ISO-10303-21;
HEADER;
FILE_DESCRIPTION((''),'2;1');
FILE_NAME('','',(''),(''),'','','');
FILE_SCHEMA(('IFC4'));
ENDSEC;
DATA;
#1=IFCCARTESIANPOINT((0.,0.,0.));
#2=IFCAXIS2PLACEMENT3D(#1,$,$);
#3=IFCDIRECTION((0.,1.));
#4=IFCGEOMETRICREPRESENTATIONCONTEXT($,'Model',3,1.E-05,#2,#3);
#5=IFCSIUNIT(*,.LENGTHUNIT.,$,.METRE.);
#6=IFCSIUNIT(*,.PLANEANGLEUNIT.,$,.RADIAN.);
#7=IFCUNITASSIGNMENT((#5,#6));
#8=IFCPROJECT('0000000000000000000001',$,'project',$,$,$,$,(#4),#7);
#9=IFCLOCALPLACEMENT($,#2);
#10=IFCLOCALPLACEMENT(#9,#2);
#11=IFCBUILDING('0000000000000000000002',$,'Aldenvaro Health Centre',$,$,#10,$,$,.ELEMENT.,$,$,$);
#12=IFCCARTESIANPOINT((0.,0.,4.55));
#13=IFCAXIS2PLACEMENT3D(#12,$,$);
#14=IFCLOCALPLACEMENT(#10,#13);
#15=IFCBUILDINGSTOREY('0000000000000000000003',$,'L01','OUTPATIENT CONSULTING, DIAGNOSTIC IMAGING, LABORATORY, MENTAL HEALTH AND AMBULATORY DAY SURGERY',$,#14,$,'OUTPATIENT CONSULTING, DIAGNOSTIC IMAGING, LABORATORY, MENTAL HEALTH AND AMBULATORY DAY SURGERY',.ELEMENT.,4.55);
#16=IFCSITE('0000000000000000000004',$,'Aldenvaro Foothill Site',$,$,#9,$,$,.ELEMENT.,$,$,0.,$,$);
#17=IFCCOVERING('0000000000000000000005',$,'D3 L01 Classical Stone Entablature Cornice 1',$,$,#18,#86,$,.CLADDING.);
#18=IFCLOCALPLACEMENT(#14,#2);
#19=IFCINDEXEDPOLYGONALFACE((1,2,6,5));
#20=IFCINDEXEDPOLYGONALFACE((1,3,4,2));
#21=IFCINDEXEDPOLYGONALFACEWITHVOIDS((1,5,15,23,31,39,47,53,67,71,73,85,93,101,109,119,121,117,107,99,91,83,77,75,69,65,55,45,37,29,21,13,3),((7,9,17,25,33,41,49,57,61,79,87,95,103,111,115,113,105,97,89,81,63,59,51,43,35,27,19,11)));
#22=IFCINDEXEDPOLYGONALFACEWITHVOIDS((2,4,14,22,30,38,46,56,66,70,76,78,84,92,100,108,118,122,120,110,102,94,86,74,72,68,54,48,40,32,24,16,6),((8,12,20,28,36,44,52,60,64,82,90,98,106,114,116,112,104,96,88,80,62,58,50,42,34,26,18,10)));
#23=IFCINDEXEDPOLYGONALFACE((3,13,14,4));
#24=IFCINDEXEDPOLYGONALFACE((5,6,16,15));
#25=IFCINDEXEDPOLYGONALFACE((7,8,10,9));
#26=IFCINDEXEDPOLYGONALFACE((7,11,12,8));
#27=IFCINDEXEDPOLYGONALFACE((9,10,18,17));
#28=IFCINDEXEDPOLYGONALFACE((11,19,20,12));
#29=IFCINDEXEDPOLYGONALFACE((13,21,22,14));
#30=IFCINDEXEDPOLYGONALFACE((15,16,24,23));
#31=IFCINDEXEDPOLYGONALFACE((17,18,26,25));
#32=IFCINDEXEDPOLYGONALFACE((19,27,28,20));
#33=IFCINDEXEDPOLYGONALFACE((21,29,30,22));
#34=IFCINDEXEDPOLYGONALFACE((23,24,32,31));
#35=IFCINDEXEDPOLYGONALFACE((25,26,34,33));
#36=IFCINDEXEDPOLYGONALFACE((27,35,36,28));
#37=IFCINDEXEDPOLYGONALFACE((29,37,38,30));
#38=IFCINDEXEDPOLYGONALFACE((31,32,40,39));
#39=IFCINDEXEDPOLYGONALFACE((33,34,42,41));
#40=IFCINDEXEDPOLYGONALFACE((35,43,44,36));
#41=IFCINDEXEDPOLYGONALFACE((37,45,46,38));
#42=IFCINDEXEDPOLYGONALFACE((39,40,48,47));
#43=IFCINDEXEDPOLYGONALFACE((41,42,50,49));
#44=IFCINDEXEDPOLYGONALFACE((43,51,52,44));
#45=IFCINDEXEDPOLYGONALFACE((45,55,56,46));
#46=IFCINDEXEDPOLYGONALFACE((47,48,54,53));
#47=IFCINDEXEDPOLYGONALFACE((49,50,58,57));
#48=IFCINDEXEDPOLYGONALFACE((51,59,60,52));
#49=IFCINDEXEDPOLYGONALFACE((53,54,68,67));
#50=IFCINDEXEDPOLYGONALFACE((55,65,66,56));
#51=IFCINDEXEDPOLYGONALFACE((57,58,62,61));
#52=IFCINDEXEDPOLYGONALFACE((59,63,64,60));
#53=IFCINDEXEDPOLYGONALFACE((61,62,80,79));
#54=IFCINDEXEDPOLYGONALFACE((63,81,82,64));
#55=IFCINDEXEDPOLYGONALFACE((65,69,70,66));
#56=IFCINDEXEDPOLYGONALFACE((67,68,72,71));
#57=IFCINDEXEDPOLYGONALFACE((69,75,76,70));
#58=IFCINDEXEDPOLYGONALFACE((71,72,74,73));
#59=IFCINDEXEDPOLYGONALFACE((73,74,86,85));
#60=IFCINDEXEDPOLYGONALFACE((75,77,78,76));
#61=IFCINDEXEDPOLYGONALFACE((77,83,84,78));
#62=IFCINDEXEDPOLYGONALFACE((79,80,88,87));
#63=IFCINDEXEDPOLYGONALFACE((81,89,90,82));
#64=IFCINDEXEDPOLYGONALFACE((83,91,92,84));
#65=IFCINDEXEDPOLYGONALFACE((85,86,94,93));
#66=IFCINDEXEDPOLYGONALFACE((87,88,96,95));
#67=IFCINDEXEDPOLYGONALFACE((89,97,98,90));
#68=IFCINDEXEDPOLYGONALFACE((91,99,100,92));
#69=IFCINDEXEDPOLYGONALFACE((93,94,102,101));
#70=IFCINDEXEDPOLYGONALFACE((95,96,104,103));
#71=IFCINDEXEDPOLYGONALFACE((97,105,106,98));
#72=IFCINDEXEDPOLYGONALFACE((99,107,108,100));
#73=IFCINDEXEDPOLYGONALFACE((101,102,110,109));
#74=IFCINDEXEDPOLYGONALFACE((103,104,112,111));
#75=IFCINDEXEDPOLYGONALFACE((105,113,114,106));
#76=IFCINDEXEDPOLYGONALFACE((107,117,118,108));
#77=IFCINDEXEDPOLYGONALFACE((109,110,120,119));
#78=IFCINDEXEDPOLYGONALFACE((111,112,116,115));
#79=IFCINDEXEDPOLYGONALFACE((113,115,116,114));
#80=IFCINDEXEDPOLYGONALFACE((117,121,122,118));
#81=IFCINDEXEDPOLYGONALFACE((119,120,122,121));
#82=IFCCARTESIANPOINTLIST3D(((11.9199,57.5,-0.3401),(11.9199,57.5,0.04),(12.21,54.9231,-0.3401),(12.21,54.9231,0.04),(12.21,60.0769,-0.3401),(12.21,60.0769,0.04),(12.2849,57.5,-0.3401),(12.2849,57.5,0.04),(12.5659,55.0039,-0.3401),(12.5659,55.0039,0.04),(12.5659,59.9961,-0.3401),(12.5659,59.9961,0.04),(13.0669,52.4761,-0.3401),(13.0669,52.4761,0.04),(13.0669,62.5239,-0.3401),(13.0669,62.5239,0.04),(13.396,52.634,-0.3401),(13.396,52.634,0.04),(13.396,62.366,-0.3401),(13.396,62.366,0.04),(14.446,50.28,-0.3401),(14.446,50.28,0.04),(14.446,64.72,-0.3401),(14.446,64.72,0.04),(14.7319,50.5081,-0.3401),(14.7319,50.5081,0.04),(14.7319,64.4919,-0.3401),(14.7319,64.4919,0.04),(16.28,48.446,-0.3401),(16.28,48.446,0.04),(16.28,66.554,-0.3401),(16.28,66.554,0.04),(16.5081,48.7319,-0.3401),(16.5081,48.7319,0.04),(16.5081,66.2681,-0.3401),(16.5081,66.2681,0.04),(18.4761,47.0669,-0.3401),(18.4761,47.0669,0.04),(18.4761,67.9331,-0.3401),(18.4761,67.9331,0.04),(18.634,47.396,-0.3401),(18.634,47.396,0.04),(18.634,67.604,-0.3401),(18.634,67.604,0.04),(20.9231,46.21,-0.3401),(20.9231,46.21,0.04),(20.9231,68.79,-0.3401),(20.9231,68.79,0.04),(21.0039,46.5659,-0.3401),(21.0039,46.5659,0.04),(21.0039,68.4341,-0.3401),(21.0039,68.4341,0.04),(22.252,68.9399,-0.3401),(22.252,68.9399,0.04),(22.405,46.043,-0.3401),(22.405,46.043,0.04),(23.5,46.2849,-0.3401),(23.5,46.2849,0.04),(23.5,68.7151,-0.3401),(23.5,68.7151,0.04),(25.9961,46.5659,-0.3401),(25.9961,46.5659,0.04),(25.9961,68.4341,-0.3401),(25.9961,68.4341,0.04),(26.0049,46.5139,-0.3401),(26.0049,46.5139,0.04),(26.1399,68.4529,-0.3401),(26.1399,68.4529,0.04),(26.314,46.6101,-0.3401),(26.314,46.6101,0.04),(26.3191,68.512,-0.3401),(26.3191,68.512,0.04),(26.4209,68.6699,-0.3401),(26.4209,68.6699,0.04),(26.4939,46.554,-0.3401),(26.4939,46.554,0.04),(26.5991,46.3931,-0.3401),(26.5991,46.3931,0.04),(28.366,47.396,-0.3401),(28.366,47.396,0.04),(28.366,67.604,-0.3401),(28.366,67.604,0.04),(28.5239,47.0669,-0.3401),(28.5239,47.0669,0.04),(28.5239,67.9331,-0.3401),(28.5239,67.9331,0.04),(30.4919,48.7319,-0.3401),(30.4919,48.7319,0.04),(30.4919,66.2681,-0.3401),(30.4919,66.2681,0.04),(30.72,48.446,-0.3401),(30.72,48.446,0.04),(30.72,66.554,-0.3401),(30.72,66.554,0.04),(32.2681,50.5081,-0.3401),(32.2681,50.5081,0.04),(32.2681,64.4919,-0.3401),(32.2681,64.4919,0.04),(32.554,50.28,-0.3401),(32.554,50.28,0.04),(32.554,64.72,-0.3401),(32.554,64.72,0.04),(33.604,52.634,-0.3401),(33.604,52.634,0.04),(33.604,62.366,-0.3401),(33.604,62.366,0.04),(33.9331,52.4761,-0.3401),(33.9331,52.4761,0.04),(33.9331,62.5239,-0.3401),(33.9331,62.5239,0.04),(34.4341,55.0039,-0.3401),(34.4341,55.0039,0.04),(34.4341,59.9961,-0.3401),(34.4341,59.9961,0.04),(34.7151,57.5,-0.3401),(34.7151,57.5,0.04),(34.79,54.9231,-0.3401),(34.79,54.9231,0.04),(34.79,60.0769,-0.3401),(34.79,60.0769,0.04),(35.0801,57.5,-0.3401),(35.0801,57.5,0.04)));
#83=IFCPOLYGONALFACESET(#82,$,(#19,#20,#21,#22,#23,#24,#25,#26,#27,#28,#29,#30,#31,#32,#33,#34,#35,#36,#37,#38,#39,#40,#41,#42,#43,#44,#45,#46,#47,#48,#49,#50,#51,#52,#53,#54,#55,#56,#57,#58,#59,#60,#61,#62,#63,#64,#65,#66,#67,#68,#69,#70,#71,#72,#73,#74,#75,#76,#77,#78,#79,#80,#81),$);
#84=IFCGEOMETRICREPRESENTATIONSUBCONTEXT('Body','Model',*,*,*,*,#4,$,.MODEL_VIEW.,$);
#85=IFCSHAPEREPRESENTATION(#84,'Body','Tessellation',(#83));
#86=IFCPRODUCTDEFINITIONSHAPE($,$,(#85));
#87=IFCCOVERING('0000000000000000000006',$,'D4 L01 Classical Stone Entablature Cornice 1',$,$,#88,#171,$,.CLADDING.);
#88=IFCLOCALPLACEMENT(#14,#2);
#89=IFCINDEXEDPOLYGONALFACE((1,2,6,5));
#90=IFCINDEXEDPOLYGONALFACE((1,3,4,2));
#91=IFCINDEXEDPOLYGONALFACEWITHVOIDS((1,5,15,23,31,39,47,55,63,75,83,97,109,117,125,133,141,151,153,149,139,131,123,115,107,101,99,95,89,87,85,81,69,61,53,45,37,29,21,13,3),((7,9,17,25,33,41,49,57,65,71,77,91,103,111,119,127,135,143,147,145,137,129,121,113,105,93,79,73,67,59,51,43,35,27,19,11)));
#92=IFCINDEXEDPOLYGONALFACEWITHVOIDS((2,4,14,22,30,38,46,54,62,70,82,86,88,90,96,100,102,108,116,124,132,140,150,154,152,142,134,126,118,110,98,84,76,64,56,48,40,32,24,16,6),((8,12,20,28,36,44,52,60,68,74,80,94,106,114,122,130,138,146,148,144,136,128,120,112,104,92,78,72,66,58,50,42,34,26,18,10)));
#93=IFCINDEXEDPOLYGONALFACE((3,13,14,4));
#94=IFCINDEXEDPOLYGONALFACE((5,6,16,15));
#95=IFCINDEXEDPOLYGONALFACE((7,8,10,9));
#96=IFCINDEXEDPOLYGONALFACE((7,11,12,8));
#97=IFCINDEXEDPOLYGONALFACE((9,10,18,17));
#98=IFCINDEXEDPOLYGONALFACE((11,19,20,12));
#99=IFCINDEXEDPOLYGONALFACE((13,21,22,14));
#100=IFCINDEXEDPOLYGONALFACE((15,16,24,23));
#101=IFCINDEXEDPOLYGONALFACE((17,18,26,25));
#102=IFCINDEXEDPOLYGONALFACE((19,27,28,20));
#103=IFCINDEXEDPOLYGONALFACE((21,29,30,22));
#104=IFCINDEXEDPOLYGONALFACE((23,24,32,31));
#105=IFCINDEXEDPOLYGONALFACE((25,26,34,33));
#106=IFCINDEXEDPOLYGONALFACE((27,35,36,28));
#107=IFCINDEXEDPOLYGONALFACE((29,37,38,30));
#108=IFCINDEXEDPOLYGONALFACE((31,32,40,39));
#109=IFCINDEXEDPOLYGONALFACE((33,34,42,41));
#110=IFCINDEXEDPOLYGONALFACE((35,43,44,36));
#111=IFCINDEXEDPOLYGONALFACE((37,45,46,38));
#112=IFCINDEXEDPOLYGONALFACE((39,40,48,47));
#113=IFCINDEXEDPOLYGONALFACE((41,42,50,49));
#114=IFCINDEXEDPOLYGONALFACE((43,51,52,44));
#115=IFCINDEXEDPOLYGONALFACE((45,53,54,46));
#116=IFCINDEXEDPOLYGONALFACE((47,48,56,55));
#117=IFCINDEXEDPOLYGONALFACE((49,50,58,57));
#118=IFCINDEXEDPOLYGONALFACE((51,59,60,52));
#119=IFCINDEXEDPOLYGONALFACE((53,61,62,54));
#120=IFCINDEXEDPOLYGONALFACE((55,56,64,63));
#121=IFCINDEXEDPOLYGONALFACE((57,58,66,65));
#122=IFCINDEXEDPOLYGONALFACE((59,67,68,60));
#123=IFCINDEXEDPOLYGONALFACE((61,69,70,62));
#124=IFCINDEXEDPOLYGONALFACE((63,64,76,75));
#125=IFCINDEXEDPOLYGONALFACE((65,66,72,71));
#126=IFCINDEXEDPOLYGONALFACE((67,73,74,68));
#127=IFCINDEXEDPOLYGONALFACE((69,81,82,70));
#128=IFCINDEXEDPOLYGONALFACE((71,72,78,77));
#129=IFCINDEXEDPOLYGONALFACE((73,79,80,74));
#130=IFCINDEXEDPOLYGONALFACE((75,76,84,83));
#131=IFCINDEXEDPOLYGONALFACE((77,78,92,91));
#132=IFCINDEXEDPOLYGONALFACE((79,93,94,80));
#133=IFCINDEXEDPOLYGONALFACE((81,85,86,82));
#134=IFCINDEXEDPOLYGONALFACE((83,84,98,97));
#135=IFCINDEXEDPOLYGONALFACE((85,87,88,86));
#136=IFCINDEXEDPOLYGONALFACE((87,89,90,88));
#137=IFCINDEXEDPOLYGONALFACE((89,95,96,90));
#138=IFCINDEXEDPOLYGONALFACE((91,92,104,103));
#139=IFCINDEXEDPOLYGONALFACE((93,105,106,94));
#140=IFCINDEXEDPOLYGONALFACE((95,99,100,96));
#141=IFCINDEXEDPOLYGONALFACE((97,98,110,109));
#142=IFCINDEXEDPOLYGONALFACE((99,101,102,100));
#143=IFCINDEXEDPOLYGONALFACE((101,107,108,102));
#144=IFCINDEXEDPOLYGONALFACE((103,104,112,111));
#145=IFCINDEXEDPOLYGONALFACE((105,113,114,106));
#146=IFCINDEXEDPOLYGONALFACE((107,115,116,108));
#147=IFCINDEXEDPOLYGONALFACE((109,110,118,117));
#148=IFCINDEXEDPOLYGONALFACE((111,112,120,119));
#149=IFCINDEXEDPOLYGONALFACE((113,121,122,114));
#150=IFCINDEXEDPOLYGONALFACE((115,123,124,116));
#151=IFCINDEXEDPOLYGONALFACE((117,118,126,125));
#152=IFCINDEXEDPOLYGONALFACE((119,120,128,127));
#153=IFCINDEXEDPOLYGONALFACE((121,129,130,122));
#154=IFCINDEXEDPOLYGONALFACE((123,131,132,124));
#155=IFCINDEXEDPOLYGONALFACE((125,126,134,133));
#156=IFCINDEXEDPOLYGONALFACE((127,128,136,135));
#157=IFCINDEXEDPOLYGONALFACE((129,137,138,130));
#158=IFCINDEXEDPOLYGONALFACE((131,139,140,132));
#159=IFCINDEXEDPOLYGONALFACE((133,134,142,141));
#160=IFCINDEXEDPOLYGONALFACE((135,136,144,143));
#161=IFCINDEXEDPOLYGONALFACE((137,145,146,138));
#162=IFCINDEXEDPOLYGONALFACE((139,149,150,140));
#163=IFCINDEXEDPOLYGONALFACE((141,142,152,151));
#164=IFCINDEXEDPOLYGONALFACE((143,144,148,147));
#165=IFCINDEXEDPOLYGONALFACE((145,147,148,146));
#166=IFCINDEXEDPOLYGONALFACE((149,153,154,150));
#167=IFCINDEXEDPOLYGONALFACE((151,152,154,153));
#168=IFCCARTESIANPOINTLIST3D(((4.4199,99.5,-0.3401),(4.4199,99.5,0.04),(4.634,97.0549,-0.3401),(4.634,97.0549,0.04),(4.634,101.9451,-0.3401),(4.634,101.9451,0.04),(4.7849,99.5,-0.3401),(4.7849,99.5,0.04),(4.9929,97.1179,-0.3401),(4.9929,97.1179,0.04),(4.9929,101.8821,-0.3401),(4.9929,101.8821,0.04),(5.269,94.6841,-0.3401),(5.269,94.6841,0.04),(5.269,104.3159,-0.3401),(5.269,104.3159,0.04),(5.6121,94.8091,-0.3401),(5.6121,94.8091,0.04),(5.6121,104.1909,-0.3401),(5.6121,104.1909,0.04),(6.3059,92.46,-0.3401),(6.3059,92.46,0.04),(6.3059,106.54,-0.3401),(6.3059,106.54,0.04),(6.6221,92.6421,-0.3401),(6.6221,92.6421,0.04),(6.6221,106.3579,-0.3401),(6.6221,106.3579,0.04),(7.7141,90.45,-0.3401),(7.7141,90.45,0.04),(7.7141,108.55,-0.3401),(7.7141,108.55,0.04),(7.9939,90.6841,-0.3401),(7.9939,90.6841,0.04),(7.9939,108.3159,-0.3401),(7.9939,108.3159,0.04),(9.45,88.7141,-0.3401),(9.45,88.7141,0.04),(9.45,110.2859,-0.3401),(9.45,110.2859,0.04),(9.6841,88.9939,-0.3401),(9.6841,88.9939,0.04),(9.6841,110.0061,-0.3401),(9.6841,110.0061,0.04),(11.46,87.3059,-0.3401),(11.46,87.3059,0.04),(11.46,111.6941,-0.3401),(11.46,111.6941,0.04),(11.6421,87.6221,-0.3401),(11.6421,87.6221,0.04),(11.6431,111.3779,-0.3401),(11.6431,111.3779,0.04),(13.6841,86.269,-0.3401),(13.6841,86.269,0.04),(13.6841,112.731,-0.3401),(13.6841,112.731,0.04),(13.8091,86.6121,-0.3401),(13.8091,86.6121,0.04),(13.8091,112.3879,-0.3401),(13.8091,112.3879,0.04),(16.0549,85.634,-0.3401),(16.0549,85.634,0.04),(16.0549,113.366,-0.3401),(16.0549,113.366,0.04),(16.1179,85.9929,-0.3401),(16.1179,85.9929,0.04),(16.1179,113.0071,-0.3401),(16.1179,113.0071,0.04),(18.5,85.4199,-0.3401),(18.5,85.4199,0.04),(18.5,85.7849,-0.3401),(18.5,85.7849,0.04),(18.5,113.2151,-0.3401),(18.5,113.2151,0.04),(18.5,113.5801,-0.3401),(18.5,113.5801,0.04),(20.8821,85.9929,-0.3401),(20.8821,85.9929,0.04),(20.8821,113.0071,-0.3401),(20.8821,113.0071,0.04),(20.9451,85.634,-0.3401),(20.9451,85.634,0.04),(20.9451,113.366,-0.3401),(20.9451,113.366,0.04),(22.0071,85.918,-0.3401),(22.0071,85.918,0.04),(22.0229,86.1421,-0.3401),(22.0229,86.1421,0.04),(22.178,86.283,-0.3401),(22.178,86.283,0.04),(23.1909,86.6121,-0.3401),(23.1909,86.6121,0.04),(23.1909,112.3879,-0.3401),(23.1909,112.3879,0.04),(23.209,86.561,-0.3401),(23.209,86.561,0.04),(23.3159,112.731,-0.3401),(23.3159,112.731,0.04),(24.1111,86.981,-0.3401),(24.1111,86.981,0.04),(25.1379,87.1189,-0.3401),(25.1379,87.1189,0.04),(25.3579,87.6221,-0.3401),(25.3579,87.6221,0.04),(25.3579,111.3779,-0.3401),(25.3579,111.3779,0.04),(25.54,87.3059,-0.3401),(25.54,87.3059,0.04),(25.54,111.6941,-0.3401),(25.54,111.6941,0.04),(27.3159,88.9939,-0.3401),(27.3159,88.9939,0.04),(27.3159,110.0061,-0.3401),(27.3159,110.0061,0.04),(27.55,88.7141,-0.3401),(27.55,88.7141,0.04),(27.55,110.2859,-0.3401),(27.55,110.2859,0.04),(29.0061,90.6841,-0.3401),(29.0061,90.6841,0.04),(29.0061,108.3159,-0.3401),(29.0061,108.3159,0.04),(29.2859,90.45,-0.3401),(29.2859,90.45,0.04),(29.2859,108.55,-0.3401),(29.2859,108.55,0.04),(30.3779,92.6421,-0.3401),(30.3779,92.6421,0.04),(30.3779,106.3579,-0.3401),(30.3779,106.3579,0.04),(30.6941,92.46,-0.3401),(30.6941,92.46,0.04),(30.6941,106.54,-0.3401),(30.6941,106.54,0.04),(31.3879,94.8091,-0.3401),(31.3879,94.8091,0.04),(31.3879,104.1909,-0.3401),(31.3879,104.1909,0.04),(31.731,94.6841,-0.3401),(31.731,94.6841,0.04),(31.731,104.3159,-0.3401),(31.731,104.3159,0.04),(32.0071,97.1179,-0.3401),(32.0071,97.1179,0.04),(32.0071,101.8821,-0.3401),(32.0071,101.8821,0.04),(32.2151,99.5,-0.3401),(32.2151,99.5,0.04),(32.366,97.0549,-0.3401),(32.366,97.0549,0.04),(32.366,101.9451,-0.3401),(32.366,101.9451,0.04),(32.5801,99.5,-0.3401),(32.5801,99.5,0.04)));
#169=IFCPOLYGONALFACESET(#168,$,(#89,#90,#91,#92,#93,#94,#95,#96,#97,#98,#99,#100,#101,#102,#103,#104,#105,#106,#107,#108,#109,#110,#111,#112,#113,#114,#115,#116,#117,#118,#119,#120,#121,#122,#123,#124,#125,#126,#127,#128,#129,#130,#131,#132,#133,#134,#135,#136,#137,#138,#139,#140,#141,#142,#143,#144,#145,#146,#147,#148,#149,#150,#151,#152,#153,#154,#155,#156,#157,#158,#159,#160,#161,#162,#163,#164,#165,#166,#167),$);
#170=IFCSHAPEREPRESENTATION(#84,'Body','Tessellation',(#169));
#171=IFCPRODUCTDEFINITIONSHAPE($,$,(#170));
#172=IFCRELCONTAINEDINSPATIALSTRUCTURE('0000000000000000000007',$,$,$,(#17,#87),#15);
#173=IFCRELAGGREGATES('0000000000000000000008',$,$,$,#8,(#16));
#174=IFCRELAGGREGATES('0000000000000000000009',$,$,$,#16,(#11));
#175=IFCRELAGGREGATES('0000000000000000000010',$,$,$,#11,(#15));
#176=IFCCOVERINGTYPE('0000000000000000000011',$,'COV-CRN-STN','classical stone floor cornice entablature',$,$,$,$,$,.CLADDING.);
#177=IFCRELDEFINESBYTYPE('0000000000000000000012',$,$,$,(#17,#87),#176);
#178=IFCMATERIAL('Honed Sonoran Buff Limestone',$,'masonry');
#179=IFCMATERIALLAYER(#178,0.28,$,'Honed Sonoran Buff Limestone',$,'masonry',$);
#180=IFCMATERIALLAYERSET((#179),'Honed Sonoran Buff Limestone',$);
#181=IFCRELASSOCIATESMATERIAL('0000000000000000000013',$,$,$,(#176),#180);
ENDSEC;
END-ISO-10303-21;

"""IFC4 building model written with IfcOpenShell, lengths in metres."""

from ifc_helpers import new_model, si_unit, direction, frame, origin, place, context, subcontext, project, spatial, polyline, outline, extrude, material, layer, layer_set, type_object, element, save


model = new_model("IFC4")

# Units and contexts
model_context = context("Model", 3, precision=1e-05, world=origin(), true_north=direction((0.0, 1.0)))
body_context = subcontext(model_context, "Body", "Model", "MODEL_VIEW")
ifc_project = project(units=[si_unit("LENGTHUNIT", "METRE"), si_unit("PLANEANGLEUNIT", "RADIAN")], contexts=[model_context])

# Site, building, storey
site_placement = place(None, origin())
site = spatial("IfcSite", under=ifc_project, at=site_placement, Name="Aldenvaro Foothill Site", CompositionType="ELEMENT", RefElevation=0.0)
building_placement = place(site_placement, origin())
building = spatial("IfcBuilding", under=site, at=building_placement, Name="Aldenvaro Health Centre", CompositionType="ELEMENT")
storey_placement = place(building_placement, frame((0.0, 0.0, 4.55)))
storey = spatial("IfcBuildingStorey", under=building, at=storey_placement, Name="L01", Description="OUTPATIENT CONSULTING, DIAGNOSTIC IMAGING, LABORATORY, MENTAL HEALTH AND AMBULATORY DAY SURGERY", LongName="OUTPATIENT CONSULTING, DIAGNOSTIC IMAGING, LABORATORY, MENTAL HEALTH AND AMBULATORY DAY SURGERY", CompositionType="ELEMENT", Elevation=4.55)

# Coverings
ifc_material_1 = material(Name="Honed Sonoran Buff Limestone", Category="masonry")
ifc_layer_1 = layer(ifc_material_1, 0.28, Name="Honed Sonoran Buff Limestone", Category="masonry")
ifc_layer_set_1 = layer_set([ifc_layer_1], Name="Honed Sonoran Buff Limestone")
covering_type = type_object("IfcCoveringType", Name="COV-CRN-STN", Description="classical stone floor cornice entablature", PredefinedType="CLADDING", material=ifc_layer_set_1)
covering_1_placement = place(storey_placement, frame((0.0, 0.0, -0.3401)))
element("IfcCovering", 1, at=covering_1_placement, inside=storey, type_object=covering_type, Name="D3 L01 Classical Stone Entablature Cornice 1", PredefinedType="CLADDING", context=body_context, shape_type="SweptSolid", body=[
    extrude(outline(polyline([(28.5239, 67.9331), (30.72, 66.554), (32.554, 64.72), (33.9331, 62.5239), (34.79, 60.0769), (35.0801, 57.5), (34.79, 54.9231), (33.9331, 52.4761), (32.554, 50.28), (30.72, 48.446), (28.5239, 47.0669), (26.5991, 46.3931), (26.4939, 46.554), (26.314, 46.6101), (26.0049, 46.5139), (22.405, 46.043), (20.9231, 46.21), (18.4761, 47.0669), (16.28, 48.446), (14.446, 50.28), (13.0669, 52.4761), (12.21, 54.9231), (11.9199, 57.5), (12.21, 60.0769), (13.0669, 62.5239), (14.446, 64.72), (16.28, 66.554), (18.4761, 67.9331), (20.9231, 68.79), (22.252, 68.9399), (26.1399, 68.4529), (26.3191, 68.512), (26.4209, 68.6699), (28.5239, 67.9331)]), holes=[polyline([(34.4341, 59.9961), (33.604, 62.366), (32.2681, 64.4919), (30.4919, 66.2681), (28.366, 67.604), (25.9961, 68.4341), (23.5, 68.7151), (21.0039, 68.4341), (18.634, 67.604), (16.5081, 66.2681), (14.7319, 64.4919), (13.396, 62.366), (12.5659, 59.9961), (12.2849, 57.5), (12.5659, 55.0039), (13.396, 52.634), (14.7319, 50.5081), (16.5081, 48.7319), (18.634, 47.396), (21.0039, 46.5659), (23.5, 46.2849), (25.9961, 46.5659), (28.366, 47.396), (30.4919, 48.7319), (32.2681, 50.5081), (33.604, 52.634), (34.4341, 55.0039), (34.7151, 57.5), (34.4341, 59.9961)])]), origin(), (0.0, 0.0, 1.0), 0.3801),
])
covering_2_placement = place(storey_placement, frame((0.0, 0.0, -0.3401)))
element("IfcCovering", 2, at=covering_2_placement, inside=storey, type_object=covering_type, Name="D4 L01 Classical Stone Entablature Cornice 1", PredefinedType="CLADDING", context=body_context, shape_type="SweptSolid", body=[
    extrude(outline(polyline([(20.9451, 85.634), (18.5, 85.4199), (16.0549, 85.634), (13.6841, 86.269), (11.46, 87.3059), (9.45, 88.7141), (7.7141, 90.45), (6.3059, 92.46), (5.269, 94.6841), (4.634, 97.0549), (4.4199, 99.5), (4.634, 101.9451), (5.269, 104.3159), (6.3059, 106.54), (7.7141, 108.55), (9.45, 110.2859), (11.46, 111.6941), (13.6841, 112.731), (16.0549, 113.366), (18.5, 113.5801), (20.9451, 113.366), (23.3159, 112.731), (25.54, 111.6941), (27.55, 110.2859), (29.2859, 108.55), (30.6941, 106.54), (31.731, 104.3159), (32.366, 101.9451), (32.5801, 99.5), (32.366, 97.0549), (31.731, 94.6841), (30.6941, 92.46), (29.2859, 90.45), (27.55, 88.7141), (25.54, 87.3059), (25.1379, 87.1189), (24.1111, 86.981), (23.209, 86.561), (22.178, 86.283), (22.0229, 86.1421), (22.0071, 85.918), (20.9451, 85.634)]), holes=[polyline([(32.0071, 101.8821), (31.3879, 104.1909), (30.3779, 106.3579), (29.0061, 108.3159), (27.3159, 110.0061), (25.3579, 111.3779), (23.1909, 112.3879), (20.8821, 113.0071), (18.5, 113.2151), (16.1179, 113.0071), (13.8091, 112.3879), (11.6431, 111.3779), (9.6841, 110.0061), (7.9939, 108.3159), (6.6221, 106.3579), (5.6121, 104.1909), (4.9929, 101.8821), (4.7849, 99.5), (4.9929, 97.1179), (5.6121, 94.8091), (6.6221, 92.6421), (7.9939, 90.6841), (9.6841, 88.9939), (11.6421, 87.6221), (13.8091, 86.6121), (16.1179, 85.9929), (18.5, 85.7849), (20.8821, 85.9929), (23.1909, 86.6121), (25.3579, 87.6221), (27.3159, 88.9939), (29.0061, 90.6841), (30.3779, 92.6421), (31.3879, 94.8091), (32.0071, 97.1179), (32.2151, 99.5), (32.0071, 101.8821)])]), origin(), (0.0, 0.0, 1.0), 0.3801),
])

save(model, "model.ifc")
